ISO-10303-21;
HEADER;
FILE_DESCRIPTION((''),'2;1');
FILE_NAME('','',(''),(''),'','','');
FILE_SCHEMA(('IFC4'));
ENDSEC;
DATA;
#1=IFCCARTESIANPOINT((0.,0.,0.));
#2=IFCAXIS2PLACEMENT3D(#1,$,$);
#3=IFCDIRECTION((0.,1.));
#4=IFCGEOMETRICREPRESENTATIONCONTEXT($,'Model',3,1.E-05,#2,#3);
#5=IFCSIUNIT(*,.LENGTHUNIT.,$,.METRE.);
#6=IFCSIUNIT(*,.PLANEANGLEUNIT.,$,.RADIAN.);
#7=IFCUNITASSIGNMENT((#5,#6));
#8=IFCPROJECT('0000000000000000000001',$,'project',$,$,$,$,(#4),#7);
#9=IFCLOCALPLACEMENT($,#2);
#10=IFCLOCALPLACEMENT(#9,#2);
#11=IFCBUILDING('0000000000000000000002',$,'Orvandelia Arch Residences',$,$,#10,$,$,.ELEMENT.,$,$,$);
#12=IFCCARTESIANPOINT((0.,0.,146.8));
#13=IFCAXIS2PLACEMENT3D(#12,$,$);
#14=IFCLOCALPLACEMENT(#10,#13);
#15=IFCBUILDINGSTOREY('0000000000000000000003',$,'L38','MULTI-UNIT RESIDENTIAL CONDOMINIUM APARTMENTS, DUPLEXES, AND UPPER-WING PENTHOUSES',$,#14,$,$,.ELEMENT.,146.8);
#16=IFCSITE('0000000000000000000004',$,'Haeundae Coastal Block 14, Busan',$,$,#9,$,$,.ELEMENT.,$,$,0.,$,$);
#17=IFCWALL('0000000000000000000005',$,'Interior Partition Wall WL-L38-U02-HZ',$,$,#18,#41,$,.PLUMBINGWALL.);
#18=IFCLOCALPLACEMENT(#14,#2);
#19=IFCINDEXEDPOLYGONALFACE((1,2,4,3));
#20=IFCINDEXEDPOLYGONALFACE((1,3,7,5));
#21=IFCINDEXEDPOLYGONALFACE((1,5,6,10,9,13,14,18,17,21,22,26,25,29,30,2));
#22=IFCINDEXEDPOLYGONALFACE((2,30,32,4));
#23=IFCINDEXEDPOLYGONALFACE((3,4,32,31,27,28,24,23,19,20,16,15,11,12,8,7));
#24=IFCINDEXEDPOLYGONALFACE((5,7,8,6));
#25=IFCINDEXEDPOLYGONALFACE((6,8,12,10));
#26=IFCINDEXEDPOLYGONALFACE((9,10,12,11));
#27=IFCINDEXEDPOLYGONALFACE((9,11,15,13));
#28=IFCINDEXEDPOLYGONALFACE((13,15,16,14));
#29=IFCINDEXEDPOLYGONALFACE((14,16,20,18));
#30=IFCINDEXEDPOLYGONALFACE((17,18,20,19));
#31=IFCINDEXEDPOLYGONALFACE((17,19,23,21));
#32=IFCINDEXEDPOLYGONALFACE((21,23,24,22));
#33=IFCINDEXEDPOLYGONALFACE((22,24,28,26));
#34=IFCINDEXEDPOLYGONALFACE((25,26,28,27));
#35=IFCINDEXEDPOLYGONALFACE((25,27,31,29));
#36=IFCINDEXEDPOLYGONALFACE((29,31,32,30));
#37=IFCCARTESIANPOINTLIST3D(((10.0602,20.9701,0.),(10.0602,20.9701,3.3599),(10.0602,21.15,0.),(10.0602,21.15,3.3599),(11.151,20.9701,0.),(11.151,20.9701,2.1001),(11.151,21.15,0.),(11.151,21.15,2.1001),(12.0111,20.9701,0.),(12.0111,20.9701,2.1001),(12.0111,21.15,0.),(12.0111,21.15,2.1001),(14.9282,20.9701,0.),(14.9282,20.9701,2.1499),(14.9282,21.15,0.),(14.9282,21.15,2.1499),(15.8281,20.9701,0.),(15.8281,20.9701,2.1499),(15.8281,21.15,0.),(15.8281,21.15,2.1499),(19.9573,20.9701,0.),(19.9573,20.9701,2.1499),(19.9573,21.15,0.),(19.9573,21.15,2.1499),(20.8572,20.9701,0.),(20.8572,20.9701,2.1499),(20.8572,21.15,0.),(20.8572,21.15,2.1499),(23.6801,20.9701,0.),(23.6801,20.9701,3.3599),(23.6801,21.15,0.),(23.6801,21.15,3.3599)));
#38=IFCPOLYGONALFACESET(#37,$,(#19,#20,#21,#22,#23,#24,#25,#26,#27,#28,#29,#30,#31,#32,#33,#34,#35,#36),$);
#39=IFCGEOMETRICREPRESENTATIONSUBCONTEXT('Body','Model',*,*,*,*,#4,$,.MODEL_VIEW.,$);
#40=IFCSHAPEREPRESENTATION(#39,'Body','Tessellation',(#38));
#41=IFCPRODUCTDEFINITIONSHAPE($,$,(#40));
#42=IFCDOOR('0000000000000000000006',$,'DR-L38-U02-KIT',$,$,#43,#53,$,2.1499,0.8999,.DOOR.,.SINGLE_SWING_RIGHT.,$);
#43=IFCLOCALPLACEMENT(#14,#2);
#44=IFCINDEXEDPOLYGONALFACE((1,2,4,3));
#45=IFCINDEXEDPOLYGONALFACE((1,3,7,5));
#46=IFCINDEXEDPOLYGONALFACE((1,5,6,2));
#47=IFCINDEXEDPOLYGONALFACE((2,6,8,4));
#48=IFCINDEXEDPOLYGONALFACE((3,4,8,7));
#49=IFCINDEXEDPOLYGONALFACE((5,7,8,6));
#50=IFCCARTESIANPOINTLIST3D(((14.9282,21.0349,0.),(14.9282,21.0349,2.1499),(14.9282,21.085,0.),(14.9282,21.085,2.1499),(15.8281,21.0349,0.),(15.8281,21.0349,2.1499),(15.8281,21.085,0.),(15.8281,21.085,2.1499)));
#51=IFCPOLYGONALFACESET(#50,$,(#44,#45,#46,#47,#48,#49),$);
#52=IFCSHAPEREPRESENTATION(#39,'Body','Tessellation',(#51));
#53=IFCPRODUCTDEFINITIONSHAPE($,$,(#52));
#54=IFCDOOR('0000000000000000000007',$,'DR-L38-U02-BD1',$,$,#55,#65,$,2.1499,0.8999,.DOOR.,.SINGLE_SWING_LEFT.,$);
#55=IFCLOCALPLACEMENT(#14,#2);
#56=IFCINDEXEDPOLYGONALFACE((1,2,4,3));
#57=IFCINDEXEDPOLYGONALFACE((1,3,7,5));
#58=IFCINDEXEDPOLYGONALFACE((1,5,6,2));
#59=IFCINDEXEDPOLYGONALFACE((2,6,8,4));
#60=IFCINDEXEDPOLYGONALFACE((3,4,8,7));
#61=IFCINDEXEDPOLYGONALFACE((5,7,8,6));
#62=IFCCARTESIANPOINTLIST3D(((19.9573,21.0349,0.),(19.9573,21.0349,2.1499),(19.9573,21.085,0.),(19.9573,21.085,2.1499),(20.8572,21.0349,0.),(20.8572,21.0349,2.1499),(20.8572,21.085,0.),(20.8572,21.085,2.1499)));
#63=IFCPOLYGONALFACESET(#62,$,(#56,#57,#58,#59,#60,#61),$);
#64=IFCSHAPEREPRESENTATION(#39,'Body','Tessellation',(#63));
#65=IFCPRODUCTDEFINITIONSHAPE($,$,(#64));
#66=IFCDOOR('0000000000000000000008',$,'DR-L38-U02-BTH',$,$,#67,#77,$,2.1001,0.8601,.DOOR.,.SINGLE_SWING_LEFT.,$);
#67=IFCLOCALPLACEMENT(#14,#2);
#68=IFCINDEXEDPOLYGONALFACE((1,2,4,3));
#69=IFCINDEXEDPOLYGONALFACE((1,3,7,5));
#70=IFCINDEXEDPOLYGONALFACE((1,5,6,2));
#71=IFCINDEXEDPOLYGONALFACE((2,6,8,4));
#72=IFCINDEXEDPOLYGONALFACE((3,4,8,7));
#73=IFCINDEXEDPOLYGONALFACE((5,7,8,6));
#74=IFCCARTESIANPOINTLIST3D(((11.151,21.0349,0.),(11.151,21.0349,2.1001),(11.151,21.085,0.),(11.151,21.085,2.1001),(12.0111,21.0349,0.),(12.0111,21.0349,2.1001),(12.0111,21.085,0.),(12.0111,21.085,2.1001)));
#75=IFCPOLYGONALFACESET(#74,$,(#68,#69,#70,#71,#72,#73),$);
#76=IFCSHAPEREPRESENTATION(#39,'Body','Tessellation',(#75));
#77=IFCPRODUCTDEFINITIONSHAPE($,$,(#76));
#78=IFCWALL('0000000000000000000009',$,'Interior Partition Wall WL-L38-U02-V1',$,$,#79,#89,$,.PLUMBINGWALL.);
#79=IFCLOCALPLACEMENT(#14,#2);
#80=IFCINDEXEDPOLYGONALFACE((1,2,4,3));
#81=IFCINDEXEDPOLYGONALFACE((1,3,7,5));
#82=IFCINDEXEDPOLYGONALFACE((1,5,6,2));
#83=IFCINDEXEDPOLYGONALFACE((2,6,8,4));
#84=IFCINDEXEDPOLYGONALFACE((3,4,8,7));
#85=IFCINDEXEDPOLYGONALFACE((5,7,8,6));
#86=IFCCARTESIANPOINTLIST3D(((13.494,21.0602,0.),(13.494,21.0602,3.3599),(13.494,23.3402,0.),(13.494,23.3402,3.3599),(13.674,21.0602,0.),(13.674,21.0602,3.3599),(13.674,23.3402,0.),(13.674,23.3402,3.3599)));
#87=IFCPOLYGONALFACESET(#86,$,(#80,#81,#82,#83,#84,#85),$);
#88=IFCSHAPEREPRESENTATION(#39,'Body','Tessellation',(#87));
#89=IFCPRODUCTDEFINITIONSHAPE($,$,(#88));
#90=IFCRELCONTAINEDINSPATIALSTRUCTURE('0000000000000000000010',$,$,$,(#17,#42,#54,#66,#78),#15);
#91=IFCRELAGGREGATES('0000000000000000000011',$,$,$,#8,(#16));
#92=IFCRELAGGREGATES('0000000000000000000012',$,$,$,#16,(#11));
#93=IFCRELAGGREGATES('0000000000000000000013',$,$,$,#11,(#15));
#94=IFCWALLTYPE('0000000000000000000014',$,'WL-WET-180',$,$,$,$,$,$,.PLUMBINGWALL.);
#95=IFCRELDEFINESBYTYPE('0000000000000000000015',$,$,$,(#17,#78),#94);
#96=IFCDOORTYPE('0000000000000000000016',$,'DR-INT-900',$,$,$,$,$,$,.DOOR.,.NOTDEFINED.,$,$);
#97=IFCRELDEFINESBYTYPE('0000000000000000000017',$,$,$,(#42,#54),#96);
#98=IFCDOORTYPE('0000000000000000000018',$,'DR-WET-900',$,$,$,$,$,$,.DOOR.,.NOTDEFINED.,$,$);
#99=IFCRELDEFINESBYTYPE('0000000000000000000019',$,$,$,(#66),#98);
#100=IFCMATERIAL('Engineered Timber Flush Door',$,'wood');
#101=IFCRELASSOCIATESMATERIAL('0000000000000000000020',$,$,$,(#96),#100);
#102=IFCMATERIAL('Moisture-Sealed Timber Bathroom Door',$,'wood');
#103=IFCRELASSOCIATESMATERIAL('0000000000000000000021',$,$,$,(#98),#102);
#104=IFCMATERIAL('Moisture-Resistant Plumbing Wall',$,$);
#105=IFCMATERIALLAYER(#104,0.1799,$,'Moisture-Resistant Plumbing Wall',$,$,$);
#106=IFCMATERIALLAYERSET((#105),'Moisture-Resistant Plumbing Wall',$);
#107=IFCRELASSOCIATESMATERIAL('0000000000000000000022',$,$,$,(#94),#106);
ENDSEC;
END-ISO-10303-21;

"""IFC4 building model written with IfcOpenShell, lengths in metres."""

from ifc_helpers import new_model, si_unit, direction, frame, frame_2d, origin, place, context, subcontext, project, spatial, rectangle, extrude, material, layer, layer_set, type_object, element, fill, save


model = new_model("IFC4")

# Units and contexts
model_context = context("Model", 3, precision=1e-05, world=origin(), true_north=direction((0.0, 1.0)))
body_context = subcontext(model_context, "Body", "Model", "MODEL_VIEW")
ifc_project = project(units=[si_unit("LENGTHUNIT", "METRE"), si_unit("PLANEANGLEUNIT", "RADIAN")], contexts=[model_context])

# Site, building, storey
site_placement = place(None, origin())
site = spatial("IfcSite", under=ifc_project, at=site_placement, Name="Haeundae Coastal Block 14, Busan", CompositionType="ELEMENT", RefElevation=0.0)
building_placement = place(site_placement, origin())
building = spatial("IfcBuilding", under=site, at=building_placement, Name="Orvandelia Arch Residences", CompositionType="ELEMENT")
storey_placement = place(building_placement, frame((0.0, 0.0, 146.8)))
storey = spatial("IfcBuildingStorey", under=building, at=storey_placement, Name="L38", Description="MULTI-UNIT RESIDENTIAL CONDOMINIUM APARTMENTS, DUPLEXES, AND UPPER-WING PENTHOUSES", CompositionType="ELEMENT", Elevation=146.8)

# Shared definitions
ifc_material_1 = material(Name="Engineered Timber Flush Door", Category="wood")
door_type_1 = type_object("IfcDoorType", Name="DR-INT-900", OperationType="NOTDEFINED", PredefinedType="DOOR", material=ifc_material_1)
ifc_material_2 = material(Name="Moisture-Sealed Timber Bathroom Door", Category="wood")
door_type_2 = type_object("IfcDoorType", Name="DR-WET-900", OperationType="NOTDEFINED", PredefinedType="DOOR", material=ifc_material_2)

# Shared definitions
ifc_material_3 = material(Name="Moisture-Resistant Plumbing Wall")
ifc_layer_1 = layer(ifc_material_3, 0.1799, Name="Moisture-Resistant Plumbing Wall")
ifc_layer_set_1 = layer_set([ifc_layer_1], Name="Moisture-Resistant Plumbing Wall")
wall_type_1 = type_object("IfcWallType", Name="WL-WET-180", PredefinedType="PLUMBINGWALL", material=ifc_layer_set_1)

# Wall, openings, doors
wall_1_placement = place(storey_placement, frame((10.0601, 21.0601, 0.0), z_axis=(0.0, 0.0, 1.0), x_axis=(1.0, 0.0, 0.0)))
wall_1 = element("IfcWall", 1, at=wall_1_placement, inside=storey, type_object=wall_type_1, Name="Interior Partition Wall WL-L38-U02-HZ", PredefinedType="PLUMBINGWALL", context=body_context, shape_type="SweptSolid", body=[
    extrude(rectangle(XDim=13.6199, YDim=0.1799, at=frame_2d((6.8101, 0.0))), origin(), (0.0, 0.0, 1.0), 3.3599),
])
opening_1_placement = place(wall_1_placement, frame((1.0908, 0.0, 0.0)))
opening_1 = element("IfcOpeningElement", 2, at=opening_1_placement, cuts=wall_1, PredefinedType="OPENING", context=body_context, shape_type="SweptSolid", body=[
    extrude(rectangle(XDim=0.8601, YDim=2.1001, at=frame_2d((0.4302, 1.05))), frame((0.0, 0.1001, 0.0), z_axis=(0.0, -1.0, 0.0), x_axis=(1.0, 0.0, 0.0)), (0.0, 0.0, 1.0), 0.2),
])
opening_2_placement = place(wall_1_placement, frame((4.8682, 0.0, 0.0)))
opening_2 = element("IfcOpeningElement", 3, at=opening_2_placement, cuts=wall_1, PredefinedType="OPENING", context=body_context, shape_type="SweptSolid", body=[
    extrude(rectangle(XDim=0.8999, YDim=2.1499, at=frame_2d((0.45, 1.075))), frame((0.0, 0.1001, 0.0), z_axis=(0.0, -1.0, 0.0), x_axis=(1.0, 0.0, 0.0)), (0.0, 0.0, 1.0), 0.2),
])
opening_3_placement = place(wall_1_placement, frame((9.8972, 0.0, 0.0)))
opening_3 = element("IfcOpeningElement", 4, at=opening_3_placement, cuts=wall_1, PredefinedType="OPENING", context=body_context, shape_type="SweptSolid", body=[
    extrude(rectangle(XDim=0.8999, YDim=2.1499, at=frame_2d((0.45, 1.075))), frame((0.0, 0.1001, 0.0), z_axis=(0.0, -1.0, 0.0), x_axis=(1.0, 0.0, 0.0)), (0.0, 0.0, 1.0), 0.2),
])
door_1_placement = place(opening_2_placement, origin())
door_1 = element("IfcDoor", 5, at=door_1_placement, inside=storey, type_object=door_type_1, Name="DR-L38-U02-KIT", OperationType="SINGLE_SWING_RIGHT", OverallHeight=2.1499, OverallWidth=0.8999, PredefinedType="DOOR", context=body_context, shape_type="SweptSolid", body=[
    extrude(rectangle(XDim=0.8999, YDim=2.1499, at=frame_2d((0.45, 1.075))), frame((0.0, 0.0249, 0.0), z_axis=(0.0, -1.0, 0.0), x_axis=(1.0, 0.0, 0.0)), (0.0, 0.0, 1.0), 0.05),
])
fill(opening_2, door_1)
door_2_placement = place(opening_3_placement, origin())
door_2 = element("IfcDoor", 6, at=door_2_placement, inside=storey, type_object=door_type_1, Name="DR-L38-U02-BD1", OperationType="SINGLE_SWING_LEFT", OverallHeight=2.1499, OverallWidth=0.8999, PredefinedType="DOOR", context=body_context, shape_type="SweptSolid", body=[
    extrude(rectangle(XDim=0.8999, YDim=2.1499, at=frame_2d((0.45, 1.075))), frame((0.0, 0.0249, 0.0), z_axis=(0.0, -1.0, 0.0), x_axis=(1.0, 0.0, 0.0)), (0.0, 0.0, 1.0), 0.05),
])
fill(opening_3, door_2)
door_3_placement = place(opening_1_placement, origin())
door_3 = element("IfcDoor", 7, at=door_3_placement, inside=storey, type_object=door_type_2, Name="DR-L38-U02-BTH", OperationType="SINGLE_SWING_LEFT", OverallHeight=2.1001, OverallWidth=0.8601, PredefinedType="DOOR", context=body_context, shape_type="SweptSolid", body=[
    extrude(rectangle(XDim=0.8601, YDim=2.1001, at=frame_2d((0.4302, 1.05))), frame((0.0, 0.0249, 0.0), z_axis=(0.0, -1.0, 0.0), x_axis=(1.0, 0.0, 0.0)), (0.0, 0.0, 1.0), 0.05),
])
fill(opening_1, door_3)

# Wall
wall_2_placement = place(storey_placement, frame((13.584, 21.0601, 0.0), z_axis=(0.0, 0.0, 1.0), x_axis=(0.0, 1.0, 0.0)))
element("IfcWall", 8, at=wall_2_placement, inside=storey, type_object=wall_type_1, Name="Interior Partition Wall WL-L38-U02-V1", PredefinedType="PLUMBINGWALL", context=body_context, shape_type="SweptSolid", body=[
    extrude(rectangle(XDim=2.28, YDim=0.1799, at=frame_2d((1.1401, 0.0))), origin(), (0.0, 0.0, 1.0), 3.3599),
])

save(model, "model.ifc")
